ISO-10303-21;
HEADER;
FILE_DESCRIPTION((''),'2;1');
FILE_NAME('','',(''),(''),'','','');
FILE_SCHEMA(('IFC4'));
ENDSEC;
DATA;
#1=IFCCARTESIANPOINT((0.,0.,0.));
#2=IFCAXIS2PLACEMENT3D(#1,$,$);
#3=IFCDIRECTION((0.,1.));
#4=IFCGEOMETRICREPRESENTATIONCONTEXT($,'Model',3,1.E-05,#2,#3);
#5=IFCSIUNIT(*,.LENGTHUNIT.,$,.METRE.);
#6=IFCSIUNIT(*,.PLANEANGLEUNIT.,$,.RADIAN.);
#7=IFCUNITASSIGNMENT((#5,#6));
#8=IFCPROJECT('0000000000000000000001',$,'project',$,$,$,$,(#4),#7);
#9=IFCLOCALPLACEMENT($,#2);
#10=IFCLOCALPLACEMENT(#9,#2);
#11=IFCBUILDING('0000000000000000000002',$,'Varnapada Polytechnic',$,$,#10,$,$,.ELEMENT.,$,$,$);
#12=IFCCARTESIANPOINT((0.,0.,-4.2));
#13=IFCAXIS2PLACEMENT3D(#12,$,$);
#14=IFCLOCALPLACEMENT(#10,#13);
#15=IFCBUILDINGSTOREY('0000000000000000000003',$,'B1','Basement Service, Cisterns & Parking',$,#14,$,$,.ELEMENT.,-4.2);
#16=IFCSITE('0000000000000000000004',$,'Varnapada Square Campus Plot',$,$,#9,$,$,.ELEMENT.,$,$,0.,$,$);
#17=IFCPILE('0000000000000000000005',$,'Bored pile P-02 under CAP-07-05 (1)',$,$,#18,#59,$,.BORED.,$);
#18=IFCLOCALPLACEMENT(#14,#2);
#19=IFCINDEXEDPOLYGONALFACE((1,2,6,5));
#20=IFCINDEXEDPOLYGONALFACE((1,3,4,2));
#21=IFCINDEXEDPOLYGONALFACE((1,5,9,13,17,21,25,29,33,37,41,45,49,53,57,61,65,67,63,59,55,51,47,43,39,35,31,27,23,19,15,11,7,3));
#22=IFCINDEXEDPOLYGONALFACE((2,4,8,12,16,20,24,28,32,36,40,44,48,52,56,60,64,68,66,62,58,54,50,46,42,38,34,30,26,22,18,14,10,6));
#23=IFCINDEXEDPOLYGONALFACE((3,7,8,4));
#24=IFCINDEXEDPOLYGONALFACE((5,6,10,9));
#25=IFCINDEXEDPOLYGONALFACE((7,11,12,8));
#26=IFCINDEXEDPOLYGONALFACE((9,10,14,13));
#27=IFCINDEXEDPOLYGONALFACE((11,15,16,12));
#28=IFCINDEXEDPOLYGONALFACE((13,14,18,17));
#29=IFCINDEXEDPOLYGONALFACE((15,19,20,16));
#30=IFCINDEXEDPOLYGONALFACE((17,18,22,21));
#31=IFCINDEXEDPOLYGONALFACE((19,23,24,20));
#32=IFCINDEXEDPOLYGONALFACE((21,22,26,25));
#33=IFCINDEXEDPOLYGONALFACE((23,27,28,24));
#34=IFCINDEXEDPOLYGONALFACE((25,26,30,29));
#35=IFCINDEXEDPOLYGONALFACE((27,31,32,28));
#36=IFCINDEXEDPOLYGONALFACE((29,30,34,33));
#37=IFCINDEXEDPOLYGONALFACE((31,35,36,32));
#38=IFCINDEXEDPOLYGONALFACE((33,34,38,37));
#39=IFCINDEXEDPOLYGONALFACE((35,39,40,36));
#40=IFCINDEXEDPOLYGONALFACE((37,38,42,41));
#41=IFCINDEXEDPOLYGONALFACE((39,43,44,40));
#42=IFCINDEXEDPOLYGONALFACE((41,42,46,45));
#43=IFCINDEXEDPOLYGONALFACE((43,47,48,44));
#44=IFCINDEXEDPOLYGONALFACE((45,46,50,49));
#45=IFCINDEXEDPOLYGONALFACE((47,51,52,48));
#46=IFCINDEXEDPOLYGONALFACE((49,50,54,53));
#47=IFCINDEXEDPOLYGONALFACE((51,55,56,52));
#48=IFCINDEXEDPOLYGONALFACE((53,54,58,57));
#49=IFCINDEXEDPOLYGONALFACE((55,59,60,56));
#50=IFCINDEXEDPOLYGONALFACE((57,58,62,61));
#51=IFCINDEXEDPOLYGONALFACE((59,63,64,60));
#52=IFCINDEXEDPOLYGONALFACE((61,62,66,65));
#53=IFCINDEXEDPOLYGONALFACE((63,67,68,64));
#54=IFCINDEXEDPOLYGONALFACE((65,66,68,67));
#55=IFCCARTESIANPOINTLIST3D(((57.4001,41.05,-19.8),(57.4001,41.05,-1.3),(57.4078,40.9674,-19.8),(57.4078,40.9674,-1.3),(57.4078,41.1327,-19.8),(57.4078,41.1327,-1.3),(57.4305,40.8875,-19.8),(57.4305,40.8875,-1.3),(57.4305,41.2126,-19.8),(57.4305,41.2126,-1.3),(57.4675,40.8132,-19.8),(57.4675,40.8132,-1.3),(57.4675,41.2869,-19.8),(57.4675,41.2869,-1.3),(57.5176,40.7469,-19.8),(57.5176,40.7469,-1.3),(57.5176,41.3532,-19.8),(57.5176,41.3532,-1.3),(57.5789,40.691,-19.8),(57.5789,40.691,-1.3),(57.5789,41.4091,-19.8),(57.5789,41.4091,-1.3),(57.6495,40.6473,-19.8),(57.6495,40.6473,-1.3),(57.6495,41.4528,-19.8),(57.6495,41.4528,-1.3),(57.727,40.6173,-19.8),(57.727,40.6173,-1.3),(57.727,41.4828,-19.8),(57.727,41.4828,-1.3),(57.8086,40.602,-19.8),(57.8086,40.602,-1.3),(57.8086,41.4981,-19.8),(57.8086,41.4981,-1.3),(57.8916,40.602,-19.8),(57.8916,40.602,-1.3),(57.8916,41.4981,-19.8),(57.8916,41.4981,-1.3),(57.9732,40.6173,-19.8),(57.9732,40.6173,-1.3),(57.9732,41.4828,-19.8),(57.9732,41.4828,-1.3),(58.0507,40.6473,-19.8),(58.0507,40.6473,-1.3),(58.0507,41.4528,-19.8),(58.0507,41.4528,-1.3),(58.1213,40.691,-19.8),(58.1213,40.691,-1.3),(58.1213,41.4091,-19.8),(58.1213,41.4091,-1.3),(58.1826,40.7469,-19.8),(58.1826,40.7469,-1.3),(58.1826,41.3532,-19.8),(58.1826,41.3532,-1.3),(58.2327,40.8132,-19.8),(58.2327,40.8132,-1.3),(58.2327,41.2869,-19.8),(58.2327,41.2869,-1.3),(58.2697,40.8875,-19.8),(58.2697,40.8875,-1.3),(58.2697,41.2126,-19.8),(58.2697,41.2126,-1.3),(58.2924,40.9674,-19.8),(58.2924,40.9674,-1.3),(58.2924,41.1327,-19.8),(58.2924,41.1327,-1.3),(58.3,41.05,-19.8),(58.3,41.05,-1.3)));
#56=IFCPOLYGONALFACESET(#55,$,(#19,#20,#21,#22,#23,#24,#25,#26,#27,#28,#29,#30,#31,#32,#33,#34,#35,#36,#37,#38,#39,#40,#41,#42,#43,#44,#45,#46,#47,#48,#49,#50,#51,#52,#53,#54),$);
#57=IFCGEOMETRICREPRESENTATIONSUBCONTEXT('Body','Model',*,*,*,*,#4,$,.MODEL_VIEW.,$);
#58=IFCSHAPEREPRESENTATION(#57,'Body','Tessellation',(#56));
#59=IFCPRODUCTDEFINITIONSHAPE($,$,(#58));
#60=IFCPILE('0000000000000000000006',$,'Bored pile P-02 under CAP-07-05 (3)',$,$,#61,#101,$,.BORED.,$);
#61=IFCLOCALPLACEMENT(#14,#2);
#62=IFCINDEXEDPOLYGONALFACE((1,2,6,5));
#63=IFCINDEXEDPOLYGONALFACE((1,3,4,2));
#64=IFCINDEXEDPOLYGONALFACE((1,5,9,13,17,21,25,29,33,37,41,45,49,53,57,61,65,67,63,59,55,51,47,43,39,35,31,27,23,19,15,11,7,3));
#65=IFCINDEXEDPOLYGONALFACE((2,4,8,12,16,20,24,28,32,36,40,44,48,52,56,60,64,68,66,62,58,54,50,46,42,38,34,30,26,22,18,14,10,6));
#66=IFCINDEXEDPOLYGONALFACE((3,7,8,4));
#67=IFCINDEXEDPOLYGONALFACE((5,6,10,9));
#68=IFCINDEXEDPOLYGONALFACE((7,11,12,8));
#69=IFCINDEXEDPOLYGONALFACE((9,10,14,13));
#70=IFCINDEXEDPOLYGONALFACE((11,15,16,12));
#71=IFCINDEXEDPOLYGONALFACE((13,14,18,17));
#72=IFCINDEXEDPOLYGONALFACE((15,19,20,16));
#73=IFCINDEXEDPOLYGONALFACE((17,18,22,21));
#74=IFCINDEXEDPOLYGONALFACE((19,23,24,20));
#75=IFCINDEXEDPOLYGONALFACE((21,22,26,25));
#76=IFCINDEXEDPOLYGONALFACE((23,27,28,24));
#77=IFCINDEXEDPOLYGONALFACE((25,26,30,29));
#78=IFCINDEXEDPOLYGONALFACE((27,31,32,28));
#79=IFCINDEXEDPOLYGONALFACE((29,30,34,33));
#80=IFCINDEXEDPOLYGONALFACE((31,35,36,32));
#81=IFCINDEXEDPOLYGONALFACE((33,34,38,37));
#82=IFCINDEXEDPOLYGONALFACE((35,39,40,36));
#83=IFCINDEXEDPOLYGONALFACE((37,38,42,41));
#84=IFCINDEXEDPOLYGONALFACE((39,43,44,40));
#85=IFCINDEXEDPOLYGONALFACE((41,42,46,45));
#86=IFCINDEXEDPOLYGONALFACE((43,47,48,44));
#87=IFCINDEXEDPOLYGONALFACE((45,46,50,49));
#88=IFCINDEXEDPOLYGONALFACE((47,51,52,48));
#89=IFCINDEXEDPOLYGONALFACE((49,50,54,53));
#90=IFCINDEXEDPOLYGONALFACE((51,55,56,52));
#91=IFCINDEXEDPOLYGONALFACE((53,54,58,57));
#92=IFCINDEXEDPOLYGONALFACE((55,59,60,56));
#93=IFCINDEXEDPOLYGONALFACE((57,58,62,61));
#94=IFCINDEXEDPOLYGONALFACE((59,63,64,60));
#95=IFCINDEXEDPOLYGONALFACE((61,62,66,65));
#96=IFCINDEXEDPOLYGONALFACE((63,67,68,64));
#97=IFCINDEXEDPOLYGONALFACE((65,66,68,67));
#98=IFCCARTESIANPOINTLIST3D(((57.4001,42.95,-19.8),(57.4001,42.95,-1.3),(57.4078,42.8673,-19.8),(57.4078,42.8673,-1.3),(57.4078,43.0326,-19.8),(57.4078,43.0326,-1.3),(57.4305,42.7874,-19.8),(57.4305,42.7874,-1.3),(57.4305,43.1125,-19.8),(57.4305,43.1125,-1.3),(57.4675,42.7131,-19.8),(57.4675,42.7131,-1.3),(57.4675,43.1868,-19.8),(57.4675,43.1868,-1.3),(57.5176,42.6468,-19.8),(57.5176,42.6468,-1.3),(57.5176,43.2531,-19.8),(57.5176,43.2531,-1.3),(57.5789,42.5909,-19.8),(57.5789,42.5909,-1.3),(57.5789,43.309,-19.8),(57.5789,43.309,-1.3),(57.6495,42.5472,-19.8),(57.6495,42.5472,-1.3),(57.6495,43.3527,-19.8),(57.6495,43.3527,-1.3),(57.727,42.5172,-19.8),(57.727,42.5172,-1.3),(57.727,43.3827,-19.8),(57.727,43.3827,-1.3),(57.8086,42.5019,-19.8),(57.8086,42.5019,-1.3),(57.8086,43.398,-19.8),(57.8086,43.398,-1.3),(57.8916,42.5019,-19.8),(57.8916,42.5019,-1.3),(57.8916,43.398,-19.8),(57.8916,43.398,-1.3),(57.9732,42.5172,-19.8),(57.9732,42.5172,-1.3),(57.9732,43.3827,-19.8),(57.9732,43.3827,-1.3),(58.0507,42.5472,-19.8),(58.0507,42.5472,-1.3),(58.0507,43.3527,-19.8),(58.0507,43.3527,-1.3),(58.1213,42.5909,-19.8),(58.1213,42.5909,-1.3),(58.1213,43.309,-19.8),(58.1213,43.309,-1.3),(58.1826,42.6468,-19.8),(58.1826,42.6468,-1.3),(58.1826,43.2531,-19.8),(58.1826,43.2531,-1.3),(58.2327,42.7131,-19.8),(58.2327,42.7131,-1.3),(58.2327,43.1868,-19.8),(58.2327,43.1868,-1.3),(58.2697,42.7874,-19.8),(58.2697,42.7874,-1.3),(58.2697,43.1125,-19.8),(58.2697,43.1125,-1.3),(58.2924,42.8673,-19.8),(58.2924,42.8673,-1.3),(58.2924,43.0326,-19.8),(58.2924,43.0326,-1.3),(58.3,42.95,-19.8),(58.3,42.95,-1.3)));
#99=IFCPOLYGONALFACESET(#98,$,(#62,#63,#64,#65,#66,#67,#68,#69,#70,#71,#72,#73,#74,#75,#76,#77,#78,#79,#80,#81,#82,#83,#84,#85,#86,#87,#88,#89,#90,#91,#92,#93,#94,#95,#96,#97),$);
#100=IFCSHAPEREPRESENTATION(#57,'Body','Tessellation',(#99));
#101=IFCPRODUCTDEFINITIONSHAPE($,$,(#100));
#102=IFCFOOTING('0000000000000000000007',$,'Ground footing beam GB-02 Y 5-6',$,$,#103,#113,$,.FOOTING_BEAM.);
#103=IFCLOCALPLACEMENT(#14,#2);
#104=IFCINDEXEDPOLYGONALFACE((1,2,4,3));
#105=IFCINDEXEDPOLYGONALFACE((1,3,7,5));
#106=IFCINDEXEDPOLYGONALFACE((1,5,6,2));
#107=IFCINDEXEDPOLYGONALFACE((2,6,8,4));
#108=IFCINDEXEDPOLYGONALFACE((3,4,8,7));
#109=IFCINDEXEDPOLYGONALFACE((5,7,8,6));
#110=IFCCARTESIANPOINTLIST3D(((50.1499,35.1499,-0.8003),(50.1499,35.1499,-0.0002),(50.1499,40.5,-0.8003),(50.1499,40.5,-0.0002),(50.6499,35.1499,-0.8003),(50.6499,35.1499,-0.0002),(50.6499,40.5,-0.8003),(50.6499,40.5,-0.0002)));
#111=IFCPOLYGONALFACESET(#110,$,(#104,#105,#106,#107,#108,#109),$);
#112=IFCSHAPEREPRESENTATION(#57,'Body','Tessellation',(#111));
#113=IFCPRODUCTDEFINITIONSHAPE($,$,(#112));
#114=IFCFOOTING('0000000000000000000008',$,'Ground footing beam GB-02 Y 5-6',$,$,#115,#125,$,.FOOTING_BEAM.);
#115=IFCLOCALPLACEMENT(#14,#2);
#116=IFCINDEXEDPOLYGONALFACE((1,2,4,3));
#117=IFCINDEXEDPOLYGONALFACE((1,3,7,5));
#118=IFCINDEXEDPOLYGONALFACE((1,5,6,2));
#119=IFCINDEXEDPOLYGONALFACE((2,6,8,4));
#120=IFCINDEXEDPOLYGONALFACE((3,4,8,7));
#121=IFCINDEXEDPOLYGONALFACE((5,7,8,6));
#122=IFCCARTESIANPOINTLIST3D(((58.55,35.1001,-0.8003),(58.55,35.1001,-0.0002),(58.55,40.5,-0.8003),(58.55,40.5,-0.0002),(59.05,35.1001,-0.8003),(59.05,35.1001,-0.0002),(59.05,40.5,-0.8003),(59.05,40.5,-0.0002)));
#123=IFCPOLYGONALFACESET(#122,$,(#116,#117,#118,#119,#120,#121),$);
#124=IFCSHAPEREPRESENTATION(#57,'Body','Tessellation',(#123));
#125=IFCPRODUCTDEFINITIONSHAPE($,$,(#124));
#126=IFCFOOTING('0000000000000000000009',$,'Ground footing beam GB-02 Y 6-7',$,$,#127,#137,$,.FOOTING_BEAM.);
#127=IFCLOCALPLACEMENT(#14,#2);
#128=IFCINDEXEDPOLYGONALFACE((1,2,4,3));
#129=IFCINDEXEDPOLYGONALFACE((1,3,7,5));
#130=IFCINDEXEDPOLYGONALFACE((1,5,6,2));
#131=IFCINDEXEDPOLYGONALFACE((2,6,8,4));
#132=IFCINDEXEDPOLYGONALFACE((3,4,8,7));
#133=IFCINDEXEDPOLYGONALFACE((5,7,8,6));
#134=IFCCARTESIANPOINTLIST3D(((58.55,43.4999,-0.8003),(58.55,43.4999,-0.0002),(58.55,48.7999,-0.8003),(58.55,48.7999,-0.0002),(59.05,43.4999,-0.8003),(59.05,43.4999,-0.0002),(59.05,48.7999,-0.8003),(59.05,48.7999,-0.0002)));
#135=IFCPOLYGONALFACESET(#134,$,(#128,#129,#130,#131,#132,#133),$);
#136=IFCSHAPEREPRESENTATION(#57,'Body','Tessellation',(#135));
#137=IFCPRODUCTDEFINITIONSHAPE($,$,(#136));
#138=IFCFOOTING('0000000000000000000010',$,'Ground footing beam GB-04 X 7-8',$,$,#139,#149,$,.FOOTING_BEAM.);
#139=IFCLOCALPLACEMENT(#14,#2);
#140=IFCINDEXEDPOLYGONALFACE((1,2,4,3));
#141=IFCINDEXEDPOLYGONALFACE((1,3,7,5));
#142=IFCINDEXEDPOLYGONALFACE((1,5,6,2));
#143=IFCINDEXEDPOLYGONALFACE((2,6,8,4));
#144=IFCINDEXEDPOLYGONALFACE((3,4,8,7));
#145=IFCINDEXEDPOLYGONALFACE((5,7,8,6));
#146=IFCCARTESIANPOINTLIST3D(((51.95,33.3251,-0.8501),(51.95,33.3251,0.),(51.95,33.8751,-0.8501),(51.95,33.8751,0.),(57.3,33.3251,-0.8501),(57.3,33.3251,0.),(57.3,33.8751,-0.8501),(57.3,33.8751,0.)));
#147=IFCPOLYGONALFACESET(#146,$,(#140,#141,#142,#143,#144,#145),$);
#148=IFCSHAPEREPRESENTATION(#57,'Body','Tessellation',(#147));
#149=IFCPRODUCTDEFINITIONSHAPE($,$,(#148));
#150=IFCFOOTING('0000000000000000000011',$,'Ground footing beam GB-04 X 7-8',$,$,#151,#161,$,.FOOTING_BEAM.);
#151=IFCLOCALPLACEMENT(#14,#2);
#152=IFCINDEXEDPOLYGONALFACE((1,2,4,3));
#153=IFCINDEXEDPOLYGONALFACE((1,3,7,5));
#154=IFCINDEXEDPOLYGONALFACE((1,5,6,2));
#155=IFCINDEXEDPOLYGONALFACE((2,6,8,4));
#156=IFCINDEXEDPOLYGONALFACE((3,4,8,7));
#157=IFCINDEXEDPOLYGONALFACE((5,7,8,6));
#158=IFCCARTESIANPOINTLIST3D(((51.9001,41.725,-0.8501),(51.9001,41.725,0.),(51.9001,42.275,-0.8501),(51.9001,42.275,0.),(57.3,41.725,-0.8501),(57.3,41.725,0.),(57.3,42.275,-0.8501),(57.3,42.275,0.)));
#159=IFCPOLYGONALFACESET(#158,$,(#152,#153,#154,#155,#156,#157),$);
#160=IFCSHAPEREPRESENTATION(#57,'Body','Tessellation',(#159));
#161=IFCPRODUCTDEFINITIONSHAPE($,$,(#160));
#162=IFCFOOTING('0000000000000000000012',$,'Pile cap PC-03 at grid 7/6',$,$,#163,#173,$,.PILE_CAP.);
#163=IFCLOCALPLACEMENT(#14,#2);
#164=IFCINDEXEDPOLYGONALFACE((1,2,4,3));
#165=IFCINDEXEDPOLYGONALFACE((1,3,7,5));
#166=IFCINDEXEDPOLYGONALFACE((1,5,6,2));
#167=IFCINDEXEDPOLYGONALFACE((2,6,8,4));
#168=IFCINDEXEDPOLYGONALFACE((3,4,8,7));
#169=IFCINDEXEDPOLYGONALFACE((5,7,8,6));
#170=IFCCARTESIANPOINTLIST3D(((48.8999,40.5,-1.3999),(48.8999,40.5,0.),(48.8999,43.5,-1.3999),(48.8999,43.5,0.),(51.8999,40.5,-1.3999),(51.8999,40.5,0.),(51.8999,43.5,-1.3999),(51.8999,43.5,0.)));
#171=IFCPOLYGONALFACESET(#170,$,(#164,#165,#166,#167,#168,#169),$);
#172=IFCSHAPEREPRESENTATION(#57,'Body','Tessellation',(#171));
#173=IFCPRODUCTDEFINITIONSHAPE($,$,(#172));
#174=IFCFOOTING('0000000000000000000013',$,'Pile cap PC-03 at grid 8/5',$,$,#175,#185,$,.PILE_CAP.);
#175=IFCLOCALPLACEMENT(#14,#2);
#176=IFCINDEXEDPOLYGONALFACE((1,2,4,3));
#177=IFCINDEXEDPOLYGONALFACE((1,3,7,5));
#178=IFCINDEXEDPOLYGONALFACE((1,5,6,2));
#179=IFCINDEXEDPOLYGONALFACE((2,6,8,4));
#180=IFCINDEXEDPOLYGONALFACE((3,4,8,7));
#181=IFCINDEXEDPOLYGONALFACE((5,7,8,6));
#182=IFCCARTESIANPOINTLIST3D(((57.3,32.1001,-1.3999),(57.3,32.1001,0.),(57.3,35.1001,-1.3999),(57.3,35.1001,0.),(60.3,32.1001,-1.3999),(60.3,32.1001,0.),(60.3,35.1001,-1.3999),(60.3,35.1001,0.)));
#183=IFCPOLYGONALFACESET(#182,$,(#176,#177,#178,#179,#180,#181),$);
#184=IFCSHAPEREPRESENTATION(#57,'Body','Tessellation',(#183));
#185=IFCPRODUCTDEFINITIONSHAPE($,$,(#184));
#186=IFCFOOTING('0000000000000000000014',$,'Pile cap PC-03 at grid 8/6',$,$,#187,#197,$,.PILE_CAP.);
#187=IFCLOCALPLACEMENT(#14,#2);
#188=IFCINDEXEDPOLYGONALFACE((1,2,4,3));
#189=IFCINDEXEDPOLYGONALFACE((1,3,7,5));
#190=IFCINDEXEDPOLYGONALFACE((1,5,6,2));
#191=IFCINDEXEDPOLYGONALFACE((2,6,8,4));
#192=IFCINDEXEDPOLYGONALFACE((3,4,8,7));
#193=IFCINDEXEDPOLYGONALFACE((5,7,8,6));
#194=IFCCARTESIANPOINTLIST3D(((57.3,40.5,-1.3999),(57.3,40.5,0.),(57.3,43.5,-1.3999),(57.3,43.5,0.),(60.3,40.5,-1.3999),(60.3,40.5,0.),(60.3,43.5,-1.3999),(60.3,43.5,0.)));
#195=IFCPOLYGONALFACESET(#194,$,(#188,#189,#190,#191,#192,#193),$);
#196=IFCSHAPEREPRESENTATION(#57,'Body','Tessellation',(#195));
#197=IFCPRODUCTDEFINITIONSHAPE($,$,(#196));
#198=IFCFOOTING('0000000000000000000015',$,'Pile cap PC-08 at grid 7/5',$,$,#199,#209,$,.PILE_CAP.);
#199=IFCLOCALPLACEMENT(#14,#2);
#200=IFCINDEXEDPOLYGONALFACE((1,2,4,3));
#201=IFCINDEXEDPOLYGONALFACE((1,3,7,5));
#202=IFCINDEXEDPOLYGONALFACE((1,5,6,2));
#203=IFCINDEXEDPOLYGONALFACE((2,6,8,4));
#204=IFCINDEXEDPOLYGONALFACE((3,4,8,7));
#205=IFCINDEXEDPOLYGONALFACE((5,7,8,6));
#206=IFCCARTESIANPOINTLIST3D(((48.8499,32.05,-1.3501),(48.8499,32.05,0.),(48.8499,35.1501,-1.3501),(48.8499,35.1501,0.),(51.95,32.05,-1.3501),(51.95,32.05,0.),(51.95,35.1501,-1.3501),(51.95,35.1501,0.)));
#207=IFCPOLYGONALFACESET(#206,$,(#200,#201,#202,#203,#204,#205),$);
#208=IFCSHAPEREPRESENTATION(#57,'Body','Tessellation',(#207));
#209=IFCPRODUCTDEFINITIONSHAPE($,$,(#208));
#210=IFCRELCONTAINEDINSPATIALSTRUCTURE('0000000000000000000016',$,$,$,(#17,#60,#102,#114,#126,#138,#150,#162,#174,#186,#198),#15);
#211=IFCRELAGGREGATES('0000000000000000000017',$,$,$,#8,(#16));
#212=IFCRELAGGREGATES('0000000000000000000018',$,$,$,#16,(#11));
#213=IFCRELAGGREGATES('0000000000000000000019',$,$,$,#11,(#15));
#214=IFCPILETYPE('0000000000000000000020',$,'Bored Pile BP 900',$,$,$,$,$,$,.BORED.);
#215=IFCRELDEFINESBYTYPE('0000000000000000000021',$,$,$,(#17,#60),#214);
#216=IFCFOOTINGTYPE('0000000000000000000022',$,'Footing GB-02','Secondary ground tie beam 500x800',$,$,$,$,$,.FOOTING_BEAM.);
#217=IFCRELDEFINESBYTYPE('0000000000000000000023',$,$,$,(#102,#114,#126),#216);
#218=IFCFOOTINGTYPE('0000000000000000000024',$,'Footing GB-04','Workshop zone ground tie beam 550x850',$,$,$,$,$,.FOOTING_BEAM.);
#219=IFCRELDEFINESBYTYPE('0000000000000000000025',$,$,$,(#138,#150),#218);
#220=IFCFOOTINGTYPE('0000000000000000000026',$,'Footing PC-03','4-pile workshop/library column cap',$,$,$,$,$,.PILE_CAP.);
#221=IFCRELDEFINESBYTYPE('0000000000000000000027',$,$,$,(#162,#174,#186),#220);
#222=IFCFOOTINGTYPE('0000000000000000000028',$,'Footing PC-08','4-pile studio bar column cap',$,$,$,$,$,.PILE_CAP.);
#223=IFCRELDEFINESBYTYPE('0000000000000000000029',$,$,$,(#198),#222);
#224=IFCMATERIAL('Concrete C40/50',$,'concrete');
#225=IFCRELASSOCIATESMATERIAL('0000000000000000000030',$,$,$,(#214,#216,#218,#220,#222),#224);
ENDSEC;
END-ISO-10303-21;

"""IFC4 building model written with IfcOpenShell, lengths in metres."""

from ifc_helpers import new_model, si_unit, direction, frame, origin, origin_2d, place, context, subcontext, project, spatial, rectangle, circle, extrude, material, material_profile, profile_set, type_object, element, save


model = new_model("IFC4")

# Units and contexts
model_context = context("Model", 3, precision=1e-05, world=origin(), true_north=direction((0.0, 1.0)))
body_context = subcontext(model_context, "Body", "Model", "MODEL_VIEW")
ifc_project = project(units=[si_unit("LENGTHUNIT", "METRE"), si_unit("PLANEANGLEUNIT", "RADIAN")], contexts=[model_context])

# Site, building, storey
site_placement = place(None, origin())
site = spatial("IfcSite", under=ifc_project, at=site_placement, Name="Varnapada Square Campus Plot", CompositionType="ELEMENT", RefElevation=0.0)
building_placement = place(site_placement, origin())
building = spatial("IfcBuilding", under=site, at=building_placement, Name="Varnapada Polytechnic", CompositionType="ELEMENT")
storey_placement = place(building_placement, frame((0.0, 0.0, -4.2)))
storey = spatial("IfcBuildingStorey", under=building, at=storey_placement, Name="B1", Description="Basement Service, Cisterns & Parking", CompositionType="ELEMENT", Elevation=-4.2)

# Piles
ifc_material_1 = material(Name="Concrete C40/50", Category="concrete")
ifc_material_profile_1 = material_profile(ifc_material_1, circle(Radius=0.45, at=origin_2d()), Name="BP 900")
ifc_profile_set_1 = profile_set([ifc_material_profile_1], Name="Concrete C40/50")
pile_type = type_object("IfcPileType", Name="Bored Pile BP 900", PredefinedType="BORED", material=ifc_profile_set_1)
for number, where, z_axis, x_axis, name in (
    (1, (57.8501, 41.05, -1.3), (0.0, 0.0, -1.0), (1.0, 0.0, 0.0), "Bored pile P-02 under CAP-07-05 (1)"),
    (2, (57.8501, 42.95, -1.3), (0.0, 0.0, -1.0), (1.0, 0.0, 0.0), "Bored pile P-02 under CAP-07-05 (3)"),
):
    element("IfcPile", number, at=place(storey_placement, frame(where, z_axis=z_axis, x_axis=x_axis)), inside=storey, type_object=pile_type, Name=name, PredefinedType="BORED", context=body_context, shape_type="SweptSolid", body=[
        extrude(circle(Radius=0.45, at=origin_2d()), origin(), (0.0, 0.0, 1.0), 18.5),
    ])

# Footings
footing_type_1 = type_object("IfcFootingType", Name="Footing GB-02", Description="Secondary ground tie beam 500x800", PredefinedType="FOOTING_BEAM", material=ifc_material_1)
footing_1_placement = place(storey_placement, frame((50.3999, 37.825, -0.8003), z_axis=(0.0, 0.0, 1.0), x_axis=(0.0, 1.0, 0.0)))
element("IfcFooting", 3, at=footing_1_placement, inside=storey, type_object=footing_type_1, Name="Ground footing beam GB-02 Y 5-6", PredefinedType="FOOTING_BEAM", context=body_context, shape_type="SweptSolid", body=[
    extrude(rectangle(XDim=5.3501, YDim=0.5, at=origin_2d()), origin(), (0.0, 0.0, 1.0), 0.8),
])
footing_2_placement = place(storey_placement, frame((58.8, 37.8, -0.8003), z_axis=(0.0, 0.0, 1.0), x_axis=(0.0, 1.0, 0.0)))
element("IfcFooting", 4, at=footing_2_placement, inside=storey, type_object=footing_type_1, Name="Ground footing beam GB-02 Y 5-6", PredefinedType="FOOTING_BEAM", context=body_context, shape_type="SweptSolid", body=[
    extrude(rectangle(XDim=5.3999, YDim=0.5, at=origin_2d()), origin(), (0.0, 0.0, 1.0), 0.8),
])
footing_3_placement = place(storey_placement, frame((58.8, 46.1499, -0.8003), z_axis=(0.0, 0.0, 1.0), x_axis=(0.0, 1.0, 0.0)))
element("IfcFooting", 5, at=footing_3_placement, inside=storey, type_object=footing_type_1, Name="Ground footing beam GB-02 Y 6-7", PredefinedType="FOOTING_BEAM", context=body_context, shape_type="SweptSolid", body=[
    extrude(rectangle(XDim=5.3, YDim=0.5, at=origin_2d()), origin(), (0.0, 0.0, 1.0), 0.8),
])
footing_type_2 = type_object("IfcFootingType", Name="Footing GB-04", Description="Workshop zone ground tie beam 550x850", PredefinedType="FOOTING_BEAM", material=ifc_material_1)
footing_4_placement = place(storey_placement, frame((54.625, 33.6001, -0.8501), z_axis=(0.0, 0.0, 1.0), x_axis=(1.0, 0.0, 0.0)))
element("IfcFooting", 6, at=footing_4_placement, inside=storey, type_object=footing_type_2, Name="Ground footing beam GB-04 X 7-8", PredefinedType="FOOTING_BEAM", context=body_context, shape_type="SweptSolid", body=[
    extrude(rectangle(XDim=5.3501, YDim=0.55, at=origin_2d()), origin(), (0.0, 0.0, 1.0), 0.8501),
])
footing_5_placement = place(storey_placement, frame((54.6001, 42.0, -0.8501), z_axis=(0.0, 0.0, 1.0), x_axis=(1.0, 0.0, 0.0)))
element("IfcFooting", 7, at=footing_5_placement, inside=storey, type_object=footing_type_2, Name="Ground footing beam GB-04 X 7-8", PredefinedType="FOOTING_BEAM", context=body_context, shape_type="SweptSolid", body=[
    extrude(rectangle(XDim=5.3999, YDim=0.55, at=origin_2d()), origin(), (0.0, 0.0, 1.0), 0.8501),
])
footing_type_3 = type_object("IfcFootingType", Name="Footing PC-03", Description="4-pile workshop/library column cap", PredefinedType="PILE_CAP", material=ifc_material_1)
for number, where, z_axis, x_axis, name in (
    (8, (50.3999, 42.0, -1.3999), (0.0, 0.0, 1.0), (1.0, 0.0, 0.0), "Pile cap PC-03 at grid 7/6"),
    (9, (58.8, 33.6001, -1.3999), (0.0, 0.0, 1.0), (1.0, 0.0, 0.0), "Pile cap PC-03 at grid 8/5"),
    (10, (58.8, 42.0, -1.3999), (0.0, 0.0, 1.0), (1.0, 0.0, 0.0), "Pile cap PC-03 at grid 8/6"),
):
    element("IfcFooting", number, at=place(storey_placement, frame(where, z_axis=z_axis, x_axis=x_axis)), inside=storey, type_object=footing_type_3, Name=name, PredefinedType="PILE_CAP", context=body_context, shape_type="SweptSolid", body=[
        extrude(rectangle(XDim=3.0, YDim=3.0, at=origin_2d()), origin(), (0.0, 0.0, 1.0), 1.3999),
    ])
footing_type_4 = type_object("IfcFootingType", Name="Footing PC-08", Description="4-pile studio bar column cap", PredefinedType="PILE_CAP", material=ifc_material_1)
footing_6_placement = place(storey_placement, frame((50.3999, 33.6001, -1.3501), z_axis=(0.0, 0.0, 1.0), x_axis=(1.0, 0.0, 0.0)))
element("IfcFooting", 11, at=footing_6_placement, inside=storey, type_object=footing_type_4, Name="Pile cap PC-08 at grid 7/5", PredefinedType="PILE_CAP", context=body_context, shape_type="SweptSolid", body=[
    extrude(rectangle(XDim=3.1001, YDim=3.1001, at=origin_2d()), origin(), (0.0, 0.0, 1.0), 1.3501),
])

save(model, "model.ifc")
